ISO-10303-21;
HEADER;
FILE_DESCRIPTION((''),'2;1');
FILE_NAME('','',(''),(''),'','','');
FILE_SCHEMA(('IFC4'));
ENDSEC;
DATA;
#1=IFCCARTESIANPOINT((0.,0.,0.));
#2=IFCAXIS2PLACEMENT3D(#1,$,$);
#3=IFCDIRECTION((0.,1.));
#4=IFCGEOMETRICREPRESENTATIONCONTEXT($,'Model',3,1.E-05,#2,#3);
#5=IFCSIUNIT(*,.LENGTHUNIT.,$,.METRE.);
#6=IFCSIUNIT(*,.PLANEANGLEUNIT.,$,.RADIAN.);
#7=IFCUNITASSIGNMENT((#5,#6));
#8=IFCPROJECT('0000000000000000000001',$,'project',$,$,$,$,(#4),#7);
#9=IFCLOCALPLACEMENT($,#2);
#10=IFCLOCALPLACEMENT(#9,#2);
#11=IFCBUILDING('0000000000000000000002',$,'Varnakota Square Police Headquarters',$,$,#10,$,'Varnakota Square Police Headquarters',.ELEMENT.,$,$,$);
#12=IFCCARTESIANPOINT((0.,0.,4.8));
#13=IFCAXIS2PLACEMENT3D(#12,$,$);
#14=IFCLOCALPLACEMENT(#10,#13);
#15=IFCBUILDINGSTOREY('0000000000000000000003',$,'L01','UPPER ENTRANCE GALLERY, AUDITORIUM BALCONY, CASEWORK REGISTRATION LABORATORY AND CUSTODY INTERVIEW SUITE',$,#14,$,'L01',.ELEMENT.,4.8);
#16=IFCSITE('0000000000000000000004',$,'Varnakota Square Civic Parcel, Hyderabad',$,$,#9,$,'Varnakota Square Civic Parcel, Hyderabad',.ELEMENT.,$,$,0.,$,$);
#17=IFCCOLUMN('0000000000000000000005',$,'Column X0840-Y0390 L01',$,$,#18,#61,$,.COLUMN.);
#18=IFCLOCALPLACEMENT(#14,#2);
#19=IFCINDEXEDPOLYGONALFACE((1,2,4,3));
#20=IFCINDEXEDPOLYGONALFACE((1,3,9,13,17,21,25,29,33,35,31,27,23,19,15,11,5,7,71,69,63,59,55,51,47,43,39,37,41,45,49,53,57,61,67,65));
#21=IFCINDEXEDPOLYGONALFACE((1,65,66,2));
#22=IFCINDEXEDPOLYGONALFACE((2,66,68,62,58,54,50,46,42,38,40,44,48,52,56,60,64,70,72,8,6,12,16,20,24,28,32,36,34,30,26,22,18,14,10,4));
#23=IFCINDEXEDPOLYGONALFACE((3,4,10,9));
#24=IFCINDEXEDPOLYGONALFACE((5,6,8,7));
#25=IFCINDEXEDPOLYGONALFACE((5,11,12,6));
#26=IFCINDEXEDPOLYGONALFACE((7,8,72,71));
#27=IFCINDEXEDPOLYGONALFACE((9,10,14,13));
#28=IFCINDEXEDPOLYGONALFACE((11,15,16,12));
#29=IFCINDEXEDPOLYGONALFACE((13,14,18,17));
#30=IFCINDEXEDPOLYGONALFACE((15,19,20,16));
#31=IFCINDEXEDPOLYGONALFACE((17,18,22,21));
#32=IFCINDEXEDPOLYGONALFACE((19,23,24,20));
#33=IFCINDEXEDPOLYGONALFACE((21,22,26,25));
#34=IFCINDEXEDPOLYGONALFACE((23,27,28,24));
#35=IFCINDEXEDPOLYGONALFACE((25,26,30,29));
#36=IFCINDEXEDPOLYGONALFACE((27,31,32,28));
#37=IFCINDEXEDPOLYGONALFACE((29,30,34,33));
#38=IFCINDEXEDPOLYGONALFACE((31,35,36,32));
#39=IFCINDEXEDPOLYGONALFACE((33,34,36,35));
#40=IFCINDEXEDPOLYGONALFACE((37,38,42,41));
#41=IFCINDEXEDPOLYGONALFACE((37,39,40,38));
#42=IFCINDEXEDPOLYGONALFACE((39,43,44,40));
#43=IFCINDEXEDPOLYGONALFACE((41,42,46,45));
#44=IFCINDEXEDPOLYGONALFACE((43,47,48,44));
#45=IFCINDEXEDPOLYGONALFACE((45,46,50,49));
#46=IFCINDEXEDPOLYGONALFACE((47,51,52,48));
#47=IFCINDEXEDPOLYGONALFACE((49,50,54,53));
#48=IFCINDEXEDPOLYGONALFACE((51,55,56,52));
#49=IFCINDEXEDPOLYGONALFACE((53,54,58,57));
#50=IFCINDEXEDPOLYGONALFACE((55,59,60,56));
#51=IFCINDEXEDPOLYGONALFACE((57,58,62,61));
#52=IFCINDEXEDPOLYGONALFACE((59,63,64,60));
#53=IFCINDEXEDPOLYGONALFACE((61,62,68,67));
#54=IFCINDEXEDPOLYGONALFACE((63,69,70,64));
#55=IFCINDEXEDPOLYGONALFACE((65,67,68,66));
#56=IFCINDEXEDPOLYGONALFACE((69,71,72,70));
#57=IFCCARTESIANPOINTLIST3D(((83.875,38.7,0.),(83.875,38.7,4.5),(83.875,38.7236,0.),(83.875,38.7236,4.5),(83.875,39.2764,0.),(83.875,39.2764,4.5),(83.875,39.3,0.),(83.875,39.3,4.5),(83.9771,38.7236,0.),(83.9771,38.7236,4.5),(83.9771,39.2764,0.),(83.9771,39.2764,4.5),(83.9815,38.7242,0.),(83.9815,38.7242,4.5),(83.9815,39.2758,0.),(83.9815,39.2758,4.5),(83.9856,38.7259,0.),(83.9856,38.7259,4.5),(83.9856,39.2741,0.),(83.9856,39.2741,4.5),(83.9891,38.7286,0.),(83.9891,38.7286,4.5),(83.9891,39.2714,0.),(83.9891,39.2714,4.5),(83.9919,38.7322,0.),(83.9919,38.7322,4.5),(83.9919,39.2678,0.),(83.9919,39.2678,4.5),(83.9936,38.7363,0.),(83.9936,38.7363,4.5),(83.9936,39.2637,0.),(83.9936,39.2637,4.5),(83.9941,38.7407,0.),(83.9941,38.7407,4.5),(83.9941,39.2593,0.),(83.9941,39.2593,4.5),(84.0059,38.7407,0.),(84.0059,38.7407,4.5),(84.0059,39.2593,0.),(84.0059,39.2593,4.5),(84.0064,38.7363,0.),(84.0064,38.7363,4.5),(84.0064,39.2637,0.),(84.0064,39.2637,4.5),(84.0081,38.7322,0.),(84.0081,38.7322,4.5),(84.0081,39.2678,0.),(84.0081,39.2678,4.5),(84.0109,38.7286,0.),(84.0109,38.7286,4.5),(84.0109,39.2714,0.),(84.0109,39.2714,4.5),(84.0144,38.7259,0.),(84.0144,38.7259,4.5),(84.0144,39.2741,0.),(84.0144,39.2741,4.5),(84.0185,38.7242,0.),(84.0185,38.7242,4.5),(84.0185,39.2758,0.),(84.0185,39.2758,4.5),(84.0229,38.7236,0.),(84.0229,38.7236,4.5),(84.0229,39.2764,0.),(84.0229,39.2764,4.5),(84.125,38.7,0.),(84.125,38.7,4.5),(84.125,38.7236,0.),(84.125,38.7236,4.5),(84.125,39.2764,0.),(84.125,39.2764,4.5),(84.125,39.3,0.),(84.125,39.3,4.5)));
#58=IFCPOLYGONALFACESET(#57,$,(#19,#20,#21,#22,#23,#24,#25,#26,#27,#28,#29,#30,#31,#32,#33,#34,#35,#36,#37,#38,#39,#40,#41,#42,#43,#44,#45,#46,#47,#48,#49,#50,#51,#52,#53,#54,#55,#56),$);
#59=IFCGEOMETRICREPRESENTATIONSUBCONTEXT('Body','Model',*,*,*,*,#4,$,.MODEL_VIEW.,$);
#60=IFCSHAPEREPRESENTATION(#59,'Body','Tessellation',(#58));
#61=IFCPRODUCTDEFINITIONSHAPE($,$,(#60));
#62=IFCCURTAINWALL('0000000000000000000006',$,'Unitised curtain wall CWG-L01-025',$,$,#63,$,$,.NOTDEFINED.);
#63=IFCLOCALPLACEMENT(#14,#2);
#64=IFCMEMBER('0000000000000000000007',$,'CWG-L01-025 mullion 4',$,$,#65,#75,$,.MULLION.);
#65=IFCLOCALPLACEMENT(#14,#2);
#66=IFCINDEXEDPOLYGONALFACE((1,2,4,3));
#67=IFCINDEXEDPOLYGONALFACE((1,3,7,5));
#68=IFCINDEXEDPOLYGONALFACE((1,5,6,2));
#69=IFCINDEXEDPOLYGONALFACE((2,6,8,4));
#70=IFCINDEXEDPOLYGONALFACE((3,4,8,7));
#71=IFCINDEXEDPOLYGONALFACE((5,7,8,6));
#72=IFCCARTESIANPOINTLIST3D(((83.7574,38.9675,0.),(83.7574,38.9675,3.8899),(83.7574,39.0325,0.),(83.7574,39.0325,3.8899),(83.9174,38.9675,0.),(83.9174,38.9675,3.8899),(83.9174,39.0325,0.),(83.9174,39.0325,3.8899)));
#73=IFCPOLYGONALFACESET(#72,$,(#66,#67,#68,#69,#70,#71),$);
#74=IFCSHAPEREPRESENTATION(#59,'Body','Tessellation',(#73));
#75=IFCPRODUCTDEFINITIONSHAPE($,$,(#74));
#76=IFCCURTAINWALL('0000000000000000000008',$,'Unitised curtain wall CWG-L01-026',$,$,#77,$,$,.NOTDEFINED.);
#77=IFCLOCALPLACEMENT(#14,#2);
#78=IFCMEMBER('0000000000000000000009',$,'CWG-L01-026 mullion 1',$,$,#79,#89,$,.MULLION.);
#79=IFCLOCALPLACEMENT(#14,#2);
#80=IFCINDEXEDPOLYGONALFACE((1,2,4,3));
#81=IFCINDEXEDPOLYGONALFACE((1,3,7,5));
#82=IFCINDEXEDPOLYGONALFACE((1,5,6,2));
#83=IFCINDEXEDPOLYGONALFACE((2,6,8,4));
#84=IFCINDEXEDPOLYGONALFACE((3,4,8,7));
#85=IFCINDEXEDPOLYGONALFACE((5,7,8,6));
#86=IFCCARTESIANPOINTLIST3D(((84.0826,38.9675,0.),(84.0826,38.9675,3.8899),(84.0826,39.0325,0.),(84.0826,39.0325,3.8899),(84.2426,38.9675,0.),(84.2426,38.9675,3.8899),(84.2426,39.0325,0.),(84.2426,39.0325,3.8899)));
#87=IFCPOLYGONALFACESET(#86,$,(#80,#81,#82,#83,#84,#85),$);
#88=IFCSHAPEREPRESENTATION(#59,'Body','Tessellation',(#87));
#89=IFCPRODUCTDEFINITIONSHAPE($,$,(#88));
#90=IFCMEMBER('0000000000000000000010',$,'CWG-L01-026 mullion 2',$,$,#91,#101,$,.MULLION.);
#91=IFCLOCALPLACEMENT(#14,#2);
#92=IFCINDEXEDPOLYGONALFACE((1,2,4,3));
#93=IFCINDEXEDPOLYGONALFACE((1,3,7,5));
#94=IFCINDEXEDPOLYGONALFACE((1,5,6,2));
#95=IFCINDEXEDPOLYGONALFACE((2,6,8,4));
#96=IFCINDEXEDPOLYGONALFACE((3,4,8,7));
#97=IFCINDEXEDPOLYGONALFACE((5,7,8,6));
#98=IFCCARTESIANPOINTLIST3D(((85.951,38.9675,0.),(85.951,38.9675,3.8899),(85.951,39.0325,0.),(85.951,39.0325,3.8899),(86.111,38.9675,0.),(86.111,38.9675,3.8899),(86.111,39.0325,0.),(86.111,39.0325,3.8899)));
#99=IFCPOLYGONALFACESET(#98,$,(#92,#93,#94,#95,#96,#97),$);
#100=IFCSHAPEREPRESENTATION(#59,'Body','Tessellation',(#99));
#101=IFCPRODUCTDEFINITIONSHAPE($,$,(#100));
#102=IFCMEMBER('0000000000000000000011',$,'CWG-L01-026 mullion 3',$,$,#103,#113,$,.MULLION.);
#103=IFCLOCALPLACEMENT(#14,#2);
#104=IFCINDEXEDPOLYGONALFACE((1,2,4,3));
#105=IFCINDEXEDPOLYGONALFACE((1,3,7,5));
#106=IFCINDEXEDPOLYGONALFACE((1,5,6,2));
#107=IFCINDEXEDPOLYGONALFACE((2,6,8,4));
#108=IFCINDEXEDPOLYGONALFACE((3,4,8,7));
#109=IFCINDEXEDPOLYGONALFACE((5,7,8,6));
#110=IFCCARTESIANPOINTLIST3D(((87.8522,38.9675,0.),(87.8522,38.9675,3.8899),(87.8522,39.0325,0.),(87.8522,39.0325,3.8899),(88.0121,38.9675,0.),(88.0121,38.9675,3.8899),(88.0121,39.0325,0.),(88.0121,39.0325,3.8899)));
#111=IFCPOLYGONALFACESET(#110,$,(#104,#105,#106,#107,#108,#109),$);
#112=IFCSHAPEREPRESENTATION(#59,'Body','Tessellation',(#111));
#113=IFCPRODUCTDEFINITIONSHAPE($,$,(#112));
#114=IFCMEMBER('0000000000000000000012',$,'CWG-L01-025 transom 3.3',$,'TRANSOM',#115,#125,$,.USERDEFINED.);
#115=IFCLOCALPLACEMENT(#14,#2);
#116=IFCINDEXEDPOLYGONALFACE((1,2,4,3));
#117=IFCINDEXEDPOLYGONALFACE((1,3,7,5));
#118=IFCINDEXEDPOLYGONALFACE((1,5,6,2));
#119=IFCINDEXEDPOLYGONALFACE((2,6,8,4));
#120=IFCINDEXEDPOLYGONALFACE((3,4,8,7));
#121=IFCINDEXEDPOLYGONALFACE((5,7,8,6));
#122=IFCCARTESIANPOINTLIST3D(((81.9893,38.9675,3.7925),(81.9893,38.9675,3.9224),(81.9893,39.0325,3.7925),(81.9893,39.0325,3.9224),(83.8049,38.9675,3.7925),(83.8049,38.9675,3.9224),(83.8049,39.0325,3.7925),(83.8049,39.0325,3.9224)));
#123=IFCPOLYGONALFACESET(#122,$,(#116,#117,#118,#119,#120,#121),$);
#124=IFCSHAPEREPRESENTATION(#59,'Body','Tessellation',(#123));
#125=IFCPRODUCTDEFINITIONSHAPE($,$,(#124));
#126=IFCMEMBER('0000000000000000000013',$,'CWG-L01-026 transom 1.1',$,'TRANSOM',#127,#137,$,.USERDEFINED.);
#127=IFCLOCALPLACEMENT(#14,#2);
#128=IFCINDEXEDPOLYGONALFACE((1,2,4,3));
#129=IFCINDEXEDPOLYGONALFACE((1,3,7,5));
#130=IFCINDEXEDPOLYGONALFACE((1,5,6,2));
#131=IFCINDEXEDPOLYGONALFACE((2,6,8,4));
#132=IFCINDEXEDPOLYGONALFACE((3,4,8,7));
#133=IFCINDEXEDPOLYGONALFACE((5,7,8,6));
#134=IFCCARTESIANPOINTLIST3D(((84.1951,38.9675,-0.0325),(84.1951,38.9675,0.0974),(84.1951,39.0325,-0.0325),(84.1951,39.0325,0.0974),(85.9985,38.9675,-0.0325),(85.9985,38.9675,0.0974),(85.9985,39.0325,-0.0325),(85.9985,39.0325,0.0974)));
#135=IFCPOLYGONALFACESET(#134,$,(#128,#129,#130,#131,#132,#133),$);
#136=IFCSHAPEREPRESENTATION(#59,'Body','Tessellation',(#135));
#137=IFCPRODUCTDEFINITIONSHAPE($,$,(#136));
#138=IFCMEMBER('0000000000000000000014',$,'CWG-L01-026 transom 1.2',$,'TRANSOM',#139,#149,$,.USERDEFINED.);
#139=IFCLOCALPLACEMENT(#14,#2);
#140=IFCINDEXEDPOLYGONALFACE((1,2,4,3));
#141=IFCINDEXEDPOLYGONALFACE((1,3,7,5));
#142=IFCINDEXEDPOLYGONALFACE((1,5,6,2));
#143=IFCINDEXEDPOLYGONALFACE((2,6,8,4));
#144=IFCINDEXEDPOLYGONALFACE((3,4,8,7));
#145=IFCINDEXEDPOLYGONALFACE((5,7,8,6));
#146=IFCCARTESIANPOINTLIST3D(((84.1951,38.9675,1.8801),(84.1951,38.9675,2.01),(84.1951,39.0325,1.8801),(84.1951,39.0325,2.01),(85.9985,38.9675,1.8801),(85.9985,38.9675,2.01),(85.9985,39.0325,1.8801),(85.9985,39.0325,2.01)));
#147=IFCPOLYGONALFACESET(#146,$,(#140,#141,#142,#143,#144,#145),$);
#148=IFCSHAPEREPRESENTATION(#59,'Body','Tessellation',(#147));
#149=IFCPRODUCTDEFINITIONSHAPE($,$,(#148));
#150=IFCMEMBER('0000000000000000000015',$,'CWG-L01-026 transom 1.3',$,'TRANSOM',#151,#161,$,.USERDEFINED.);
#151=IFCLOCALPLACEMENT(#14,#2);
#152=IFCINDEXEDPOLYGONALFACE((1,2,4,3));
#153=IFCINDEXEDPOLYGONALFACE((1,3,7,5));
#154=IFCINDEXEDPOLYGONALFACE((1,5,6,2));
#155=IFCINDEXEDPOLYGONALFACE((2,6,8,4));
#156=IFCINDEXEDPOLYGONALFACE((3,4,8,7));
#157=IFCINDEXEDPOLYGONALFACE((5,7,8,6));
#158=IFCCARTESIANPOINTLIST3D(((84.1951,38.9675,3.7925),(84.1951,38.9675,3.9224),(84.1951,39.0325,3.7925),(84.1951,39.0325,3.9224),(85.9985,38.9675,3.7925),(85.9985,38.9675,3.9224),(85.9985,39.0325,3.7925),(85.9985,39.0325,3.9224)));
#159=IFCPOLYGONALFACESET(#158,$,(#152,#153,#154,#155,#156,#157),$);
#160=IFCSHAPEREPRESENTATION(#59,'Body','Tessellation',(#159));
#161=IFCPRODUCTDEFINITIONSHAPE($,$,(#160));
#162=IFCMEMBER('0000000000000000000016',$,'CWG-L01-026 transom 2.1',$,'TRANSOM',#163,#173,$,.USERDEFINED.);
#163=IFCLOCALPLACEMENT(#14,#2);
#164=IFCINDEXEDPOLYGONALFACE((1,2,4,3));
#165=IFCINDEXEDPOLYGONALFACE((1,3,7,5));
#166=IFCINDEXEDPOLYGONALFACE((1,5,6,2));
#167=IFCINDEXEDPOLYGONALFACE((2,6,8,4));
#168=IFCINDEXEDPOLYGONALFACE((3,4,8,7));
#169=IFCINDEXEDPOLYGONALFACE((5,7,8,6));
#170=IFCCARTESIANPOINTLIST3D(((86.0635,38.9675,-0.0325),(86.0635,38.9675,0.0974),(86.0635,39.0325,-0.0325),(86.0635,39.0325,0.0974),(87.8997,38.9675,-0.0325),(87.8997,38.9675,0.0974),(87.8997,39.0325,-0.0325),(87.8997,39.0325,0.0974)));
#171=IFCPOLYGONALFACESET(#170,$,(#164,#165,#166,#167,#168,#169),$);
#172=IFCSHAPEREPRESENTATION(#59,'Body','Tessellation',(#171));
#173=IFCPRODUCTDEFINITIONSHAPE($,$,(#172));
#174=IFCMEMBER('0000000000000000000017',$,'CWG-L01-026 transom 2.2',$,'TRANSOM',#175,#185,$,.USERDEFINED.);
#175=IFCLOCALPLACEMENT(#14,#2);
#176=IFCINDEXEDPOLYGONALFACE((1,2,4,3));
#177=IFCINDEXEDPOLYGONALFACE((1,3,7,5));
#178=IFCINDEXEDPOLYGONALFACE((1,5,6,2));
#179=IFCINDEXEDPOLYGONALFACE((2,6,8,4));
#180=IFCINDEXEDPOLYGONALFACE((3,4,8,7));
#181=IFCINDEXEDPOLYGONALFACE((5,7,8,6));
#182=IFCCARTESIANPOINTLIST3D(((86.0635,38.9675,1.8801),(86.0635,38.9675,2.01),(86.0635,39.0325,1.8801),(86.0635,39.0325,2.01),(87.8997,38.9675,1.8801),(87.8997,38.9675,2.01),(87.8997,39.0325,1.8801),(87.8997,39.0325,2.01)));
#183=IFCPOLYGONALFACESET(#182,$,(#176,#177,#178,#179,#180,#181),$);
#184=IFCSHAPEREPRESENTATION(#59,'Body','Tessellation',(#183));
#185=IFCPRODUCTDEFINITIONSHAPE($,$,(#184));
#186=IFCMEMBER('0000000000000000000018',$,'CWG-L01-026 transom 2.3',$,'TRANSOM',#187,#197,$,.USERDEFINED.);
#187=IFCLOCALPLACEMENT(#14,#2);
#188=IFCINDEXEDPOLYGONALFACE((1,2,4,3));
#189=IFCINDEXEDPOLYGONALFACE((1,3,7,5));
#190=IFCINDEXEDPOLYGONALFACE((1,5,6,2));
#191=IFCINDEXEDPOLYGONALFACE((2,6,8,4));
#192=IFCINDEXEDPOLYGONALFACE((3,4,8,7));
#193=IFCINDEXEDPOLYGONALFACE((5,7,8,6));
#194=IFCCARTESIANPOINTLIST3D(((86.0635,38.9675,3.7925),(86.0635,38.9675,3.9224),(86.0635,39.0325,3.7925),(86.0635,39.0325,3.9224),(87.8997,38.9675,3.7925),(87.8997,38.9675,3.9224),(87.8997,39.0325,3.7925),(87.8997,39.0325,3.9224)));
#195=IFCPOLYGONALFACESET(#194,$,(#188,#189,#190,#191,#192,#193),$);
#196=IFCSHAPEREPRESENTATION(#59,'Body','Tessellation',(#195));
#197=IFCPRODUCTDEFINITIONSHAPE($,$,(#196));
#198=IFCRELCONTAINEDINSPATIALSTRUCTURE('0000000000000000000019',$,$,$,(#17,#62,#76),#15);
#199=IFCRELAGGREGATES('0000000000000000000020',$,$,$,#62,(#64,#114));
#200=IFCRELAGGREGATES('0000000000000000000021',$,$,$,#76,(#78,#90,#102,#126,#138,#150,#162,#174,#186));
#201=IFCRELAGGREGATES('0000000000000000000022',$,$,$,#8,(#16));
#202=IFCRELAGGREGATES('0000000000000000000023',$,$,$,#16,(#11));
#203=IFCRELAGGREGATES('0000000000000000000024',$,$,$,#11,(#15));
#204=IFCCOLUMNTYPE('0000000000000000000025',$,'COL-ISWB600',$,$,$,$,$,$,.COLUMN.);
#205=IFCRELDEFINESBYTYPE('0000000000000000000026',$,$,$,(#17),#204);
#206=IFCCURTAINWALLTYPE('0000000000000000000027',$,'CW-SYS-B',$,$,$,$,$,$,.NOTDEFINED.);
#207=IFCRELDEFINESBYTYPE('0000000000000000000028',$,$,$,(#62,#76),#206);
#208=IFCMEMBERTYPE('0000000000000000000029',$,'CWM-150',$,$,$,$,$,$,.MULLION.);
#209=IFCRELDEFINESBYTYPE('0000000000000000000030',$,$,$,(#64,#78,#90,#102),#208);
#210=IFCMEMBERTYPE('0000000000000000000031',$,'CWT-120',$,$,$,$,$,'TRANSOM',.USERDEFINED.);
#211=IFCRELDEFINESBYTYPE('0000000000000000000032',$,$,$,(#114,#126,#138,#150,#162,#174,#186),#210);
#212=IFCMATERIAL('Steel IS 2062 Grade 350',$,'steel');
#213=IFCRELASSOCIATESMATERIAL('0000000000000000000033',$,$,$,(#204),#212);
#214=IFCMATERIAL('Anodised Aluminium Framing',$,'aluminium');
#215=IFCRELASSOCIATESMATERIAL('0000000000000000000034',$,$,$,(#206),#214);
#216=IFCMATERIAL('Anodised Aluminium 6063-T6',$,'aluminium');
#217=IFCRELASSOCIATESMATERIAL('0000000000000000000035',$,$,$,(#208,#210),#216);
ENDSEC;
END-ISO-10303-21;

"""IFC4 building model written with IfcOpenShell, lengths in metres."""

from ifc_helpers import new_model, si_unit, direction, frame, origin, origin_2d, place, context, subcontext, project, spatial, rectangle, i_section, extrude, material, material_profile, profile_set, type_object, element, aggregate, save


model = new_model("IFC4")

# Units and contexts
model_context = context("Model", 3, precision=1e-05, world=origin(), true_north=direction((0.0, 1.0)))
body_context = subcontext(model_context, "Body", "Model", "MODEL_VIEW")
ifc_project = project(units=[si_unit("LENGTHUNIT", "METRE"), si_unit("PLANEANGLEUNIT", "RADIAN")], contexts=[model_context])

# Site, building, storey
site_placement = place(None, origin())
site = spatial("IfcSite", under=ifc_project, at=site_placement, Name="Varnakota Square Civic Parcel, Hyderabad", LongName="Varnakota Square Civic Parcel, Hyderabad", CompositionType="ELEMENT", RefElevation=0.0)
building_placement = place(site_placement, origin())
building = spatial("IfcBuilding", under=site, at=building_placement, Name="Varnakota Square Police Headquarters", LongName="Varnakota Square Police Headquarters", CompositionType="ELEMENT")
storey_placement = place(building_placement, frame((0.0, 0.0, 4.8)))
storey = spatial("IfcBuildingStorey", under=building, at=storey_placement, Name="L01", Description="UPPER ENTRANCE GALLERY, AUDITORIUM BALCONY, CASEWORK REGISTRATION LABORATORY AND CUSTODY INTERVIEW SUITE", LongName="L01", CompositionType="ELEMENT", Elevation=4.8)

# Column
ifc_material_1 = material(Name="Steel IS 2062 Grade 350", Category="steel")
ifc_material_profile_1 = material_profile(ifc_material_1, i_section(OverallWidth=0.25, OverallDepth=0.6001, WebThickness=0.0117, FlangeThickness=0.0237, FilletRadius=0.0171, at=origin_2d()), Name="ISWB 600")
ifc_profile_set_1 = profile_set([ifc_material_profile_1], Name="Steel IS 2062 Grade 350")
column_type = type_object("IfcColumnType", Name="COL-ISWB600", PredefinedType="COLUMN", material=ifc_profile_set_1)
column_placement = place(storey_placement, frame((84.0, 39.0, 0.0), z_axis=(0.0, 0.0, 1.0), x_axis=(1.0, 0.0, 0.0)))
element("IfcColumn", 1, at=column_placement, inside=storey, type_object=column_type, Name="Column X0840-Y0390 L01", PredefinedType="COLUMN", context=body_context, shape_type="SweptSolid", body=[
    extrude(i_section(OverallWidth=0.25, OverallDepth=0.6001, WebThickness=0.0117, FlangeThickness=0.0237, FilletRadius=0.0171, at=origin_2d()), origin(), (0.0, 0.0, 1.0), 4.5),
])

# Curtain wall, member
ifc_material_2 = material(Name="Anodised Aluminium Framing", Category="aluminium")
curtain_wall_type = type_object("IfcCurtainWallType", Name="CW-SYS-B", PredefinedType="NOTDEFINED", material=ifc_material_2)
curtain_wall_1_placement = place(storey_placement, origin())
curtain_wall_1 = element("IfcCurtainWall", 2, at=curtain_wall_1_placement, inside=storey, type_object=curtain_wall_type, Name="Unitised curtain wall CWG-L01-025", PredefinedType="NOTDEFINED")
ifc_material_3 = material(Name="Anodised Aluminium 6063-T6", Category="aluminium")
ifc_material_profile_2 = material_profile(ifc_material_3, rectangle(XDim=0.0649, YDim=0.1599, at=origin_2d()), Name="ALU MULLION 65x160")
ifc_profile_set_2 = profile_set([ifc_material_profile_2], Name="Anodised Aluminium 6063-T6")
member_type_1 = type_object("IfcMemberType", Name="CWM-150", PredefinedType="MULLION", material=ifc_profile_set_2)
member_1_placement = place(storey_placement, frame((83.8374, 39.0, 0.0), z_axis=(0.0, 0.0, 1.0), x_axis=(0.0, 1.0, 0.0)))
member_1 = element("IfcMember", 3, at=member_1_placement, type_object=member_type_1, Name="CWG-L01-025 mullion 4", PredefinedType="MULLION", context=body_context, shape_type="SweptSolid", body=[
    extrude(rectangle(XDim=0.0649, YDim=0.1599, at=origin_2d()), origin(), (0.0, 0.0, 1.0), 3.8899),
])

# Curtain wall, members
curtain_wall_2_placement = place(storey_placement, origin())
curtain_wall_2 = element("IfcCurtainWall", 4, at=curtain_wall_2_placement, inside=storey, type_object=curtain_wall_type, Name="Unitised curtain wall CWG-L01-026", PredefinedType="NOTDEFINED")
member_2_placement = place(storey_placement, frame((84.1626, 39.0, 0.0), z_axis=(0.0, 0.0, 1.0), x_axis=(0.0, 1.0, 0.0)))
member_2 = element("IfcMember", 5, at=member_2_placement, type_object=member_type_1, Name="CWG-L01-026 mullion 1", PredefinedType="MULLION", context=body_context, shape_type="SweptSolid", body=[
    extrude(rectangle(XDim=0.0649, YDim=0.1599, at=origin_2d()), origin(), (0.0, 0.0, 1.0), 3.8899),
])
member_3_placement = place(storey_placement, frame((86.031, 39.0, 0.0), z_axis=(0.0, 0.0, 1.0), x_axis=(0.0, 1.0, 0.0)))
member_3 = element("IfcMember", 6, at=member_3_placement, type_object=member_type_1, Name="CWG-L01-026 mullion 2", PredefinedType="MULLION", context=body_context, shape_type="SweptSolid", body=[
    extrude(rectangle(XDim=0.0649, YDim=0.1599, at=origin_2d()), origin(), (0.0, 0.0, 1.0), 3.8899),
])
member_4_placement = place(storey_placement, frame((87.9321, 39.0, 0.0), z_axis=(0.0, 0.0, 1.0), x_axis=(0.0, 1.0, 0.0)))
member_4 = element("IfcMember", 7, at=member_4_placement, type_object=member_type_1, Name="CWG-L01-026 mullion 3", PredefinedType="MULLION", context=body_context, shape_type="SweptSolid", body=[
    extrude(rectangle(XDim=0.0649, YDim=0.1599, at=origin_2d()), origin(), (0.0, 0.0, 1.0), 3.8899),
])

# Members
ifc_material_profile_3 = material_profile(ifc_material_3, rectangle(XDim=0.0649, YDim=0.1299, at=origin_2d()), Name="ALU TRANSOM 65x130")
ifc_profile_set_3 = profile_set([ifc_material_profile_3], Name="Anodised Aluminium 6063-T6")
member_type_2 = type_object("IfcMemberType", Name="CWT-120", ElementType="TRANSOM", PredefinedType="USERDEFINED", material=ifc_profile_set_3)
member_5_placement = place(storey_placement, frame((81.9893, 39.0, 3.8574), z_axis=(1.0, 0.0, 0.0), x_axis=(0.0, 1.0, 0.0)))
member_5 = element("IfcMember", 8, at=member_5_placement, type_object=member_type_2, Name="CWG-L01-025 transom 3.3", ObjectType="TRANSOM", PredefinedType="USERDEFINED", context=body_context, shape_type="SweptSolid", body=[
    extrude(rectangle(XDim=0.0649, YDim=0.1299, at=origin_2d()), origin(), (0.0, 0.0, 1.0), 1.8157),
])
member_6_placement = place(storey_placement, frame((84.1951, 39.0, 0.0325), z_axis=(1.0, 0.0, 0.0), x_axis=(0.0, 1.0, 0.0)))
member_6 = element("IfcMember", 9, at=member_6_placement, type_object=member_type_2, Name="CWG-L01-026 transom 1.1", ObjectType="TRANSOM", PredefinedType="USERDEFINED", context=body_context, shape_type="SweptSolid", body=[
    extrude(rectangle(XDim=0.0649, YDim=0.1299, at=origin_2d()), origin(), (0.0, 0.0, 1.0), 1.8035),
])
member_7_placement = place(storey_placement, frame((84.1951, 39.0, 1.9451), z_axis=(1.0, 0.0, 0.0), x_axis=(0.0, 1.0, 0.0)))
member_7 = element("IfcMember", 10, at=member_7_placement, type_object=member_type_2, Name="CWG-L01-026 transom 1.2", ObjectType="TRANSOM", PredefinedType="USERDEFINED", context=body_context, shape_type="SweptSolid", body=[
    extrude(rectangle(XDim=0.0649, YDim=0.1299, at=origin_2d()), origin(), (0.0, 0.0, 1.0), 1.8035),
])
member_8_placement = place(storey_placement, frame((84.1951, 39.0, 3.8574), z_axis=(1.0, 0.0, 0.0), x_axis=(0.0, 1.0, 0.0)))
member_8 = element("IfcMember", 11, at=member_8_placement, type_object=member_type_2, Name="CWG-L01-026 transom 1.3", ObjectType="TRANSOM", PredefinedType="USERDEFINED", context=body_context, shape_type="SweptSolid", body=[
    extrude(rectangle(XDim=0.0649, YDim=0.1299, at=origin_2d()), origin(), (0.0, 0.0, 1.0), 1.8035),
])
member_9_placement = place(storey_placement, frame((86.0635, 39.0, 0.0325), z_axis=(1.0, 0.0, 0.0), x_axis=(0.0, 1.0, 0.0)))
member_9 = element("IfcMember", 12, at=member_9_placement, type_object=member_type_2, Name="CWG-L01-026 transom 2.1", ObjectType="TRANSOM", PredefinedType="USERDEFINED", context=body_context, shape_type="SweptSolid", body=[
    extrude(rectangle(XDim=0.0649, YDim=0.1299, at=origin_2d()), origin(), (0.0, 0.0, 1.0), 1.8362),
])
member_10_placement = place(storey_placement, frame((86.0635, 39.0, 1.9451), z_axis=(1.0, 0.0, 0.0), x_axis=(0.0, 1.0, 0.0)))
member_10 = element("IfcMember", 13, at=member_10_placement, type_object=member_type_2, Name="CWG-L01-026 transom 2.2", ObjectType="TRANSOM", PredefinedType="USERDEFINED", context=body_context, shape_type="SweptSolid", body=[
    extrude(rectangle(XDim=0.0649, YDim=0.1299, at=origin_2d()), origin(), (0.0, 0.0, 1.0), 1.8362),
])
member_11_placement = place(storey_placement, frame((86.0635, 39.0, 3.8574), z_axis=(1.0, 0.0, 0.0), x_axis=(0.0, 1.0, 0.0)))
member_11 = element("IfcMember", 14, at=member_11_placement, type_object=member_type_2, Name="CWG-L01-026 transom 2.3", ObjectType="TRANSOM", PredefinedType="USERDEFINED", context=body_context, shape_type="SweptSolid", body=[
    extrude(rectangle(XDim=0.0649, YDim=0.1299, at=origin_2d()), origin(), (0.0, 0.0, 1.0), 1.8362),
])

aggregate(curtain_wall_1, [member_1, member_5])
aggregate(curtain_wall_2, [member_2, member_3, member_4, member_6, member_7, member_8, member_9, member_10, member_11])

save(model, "model.ifc")
